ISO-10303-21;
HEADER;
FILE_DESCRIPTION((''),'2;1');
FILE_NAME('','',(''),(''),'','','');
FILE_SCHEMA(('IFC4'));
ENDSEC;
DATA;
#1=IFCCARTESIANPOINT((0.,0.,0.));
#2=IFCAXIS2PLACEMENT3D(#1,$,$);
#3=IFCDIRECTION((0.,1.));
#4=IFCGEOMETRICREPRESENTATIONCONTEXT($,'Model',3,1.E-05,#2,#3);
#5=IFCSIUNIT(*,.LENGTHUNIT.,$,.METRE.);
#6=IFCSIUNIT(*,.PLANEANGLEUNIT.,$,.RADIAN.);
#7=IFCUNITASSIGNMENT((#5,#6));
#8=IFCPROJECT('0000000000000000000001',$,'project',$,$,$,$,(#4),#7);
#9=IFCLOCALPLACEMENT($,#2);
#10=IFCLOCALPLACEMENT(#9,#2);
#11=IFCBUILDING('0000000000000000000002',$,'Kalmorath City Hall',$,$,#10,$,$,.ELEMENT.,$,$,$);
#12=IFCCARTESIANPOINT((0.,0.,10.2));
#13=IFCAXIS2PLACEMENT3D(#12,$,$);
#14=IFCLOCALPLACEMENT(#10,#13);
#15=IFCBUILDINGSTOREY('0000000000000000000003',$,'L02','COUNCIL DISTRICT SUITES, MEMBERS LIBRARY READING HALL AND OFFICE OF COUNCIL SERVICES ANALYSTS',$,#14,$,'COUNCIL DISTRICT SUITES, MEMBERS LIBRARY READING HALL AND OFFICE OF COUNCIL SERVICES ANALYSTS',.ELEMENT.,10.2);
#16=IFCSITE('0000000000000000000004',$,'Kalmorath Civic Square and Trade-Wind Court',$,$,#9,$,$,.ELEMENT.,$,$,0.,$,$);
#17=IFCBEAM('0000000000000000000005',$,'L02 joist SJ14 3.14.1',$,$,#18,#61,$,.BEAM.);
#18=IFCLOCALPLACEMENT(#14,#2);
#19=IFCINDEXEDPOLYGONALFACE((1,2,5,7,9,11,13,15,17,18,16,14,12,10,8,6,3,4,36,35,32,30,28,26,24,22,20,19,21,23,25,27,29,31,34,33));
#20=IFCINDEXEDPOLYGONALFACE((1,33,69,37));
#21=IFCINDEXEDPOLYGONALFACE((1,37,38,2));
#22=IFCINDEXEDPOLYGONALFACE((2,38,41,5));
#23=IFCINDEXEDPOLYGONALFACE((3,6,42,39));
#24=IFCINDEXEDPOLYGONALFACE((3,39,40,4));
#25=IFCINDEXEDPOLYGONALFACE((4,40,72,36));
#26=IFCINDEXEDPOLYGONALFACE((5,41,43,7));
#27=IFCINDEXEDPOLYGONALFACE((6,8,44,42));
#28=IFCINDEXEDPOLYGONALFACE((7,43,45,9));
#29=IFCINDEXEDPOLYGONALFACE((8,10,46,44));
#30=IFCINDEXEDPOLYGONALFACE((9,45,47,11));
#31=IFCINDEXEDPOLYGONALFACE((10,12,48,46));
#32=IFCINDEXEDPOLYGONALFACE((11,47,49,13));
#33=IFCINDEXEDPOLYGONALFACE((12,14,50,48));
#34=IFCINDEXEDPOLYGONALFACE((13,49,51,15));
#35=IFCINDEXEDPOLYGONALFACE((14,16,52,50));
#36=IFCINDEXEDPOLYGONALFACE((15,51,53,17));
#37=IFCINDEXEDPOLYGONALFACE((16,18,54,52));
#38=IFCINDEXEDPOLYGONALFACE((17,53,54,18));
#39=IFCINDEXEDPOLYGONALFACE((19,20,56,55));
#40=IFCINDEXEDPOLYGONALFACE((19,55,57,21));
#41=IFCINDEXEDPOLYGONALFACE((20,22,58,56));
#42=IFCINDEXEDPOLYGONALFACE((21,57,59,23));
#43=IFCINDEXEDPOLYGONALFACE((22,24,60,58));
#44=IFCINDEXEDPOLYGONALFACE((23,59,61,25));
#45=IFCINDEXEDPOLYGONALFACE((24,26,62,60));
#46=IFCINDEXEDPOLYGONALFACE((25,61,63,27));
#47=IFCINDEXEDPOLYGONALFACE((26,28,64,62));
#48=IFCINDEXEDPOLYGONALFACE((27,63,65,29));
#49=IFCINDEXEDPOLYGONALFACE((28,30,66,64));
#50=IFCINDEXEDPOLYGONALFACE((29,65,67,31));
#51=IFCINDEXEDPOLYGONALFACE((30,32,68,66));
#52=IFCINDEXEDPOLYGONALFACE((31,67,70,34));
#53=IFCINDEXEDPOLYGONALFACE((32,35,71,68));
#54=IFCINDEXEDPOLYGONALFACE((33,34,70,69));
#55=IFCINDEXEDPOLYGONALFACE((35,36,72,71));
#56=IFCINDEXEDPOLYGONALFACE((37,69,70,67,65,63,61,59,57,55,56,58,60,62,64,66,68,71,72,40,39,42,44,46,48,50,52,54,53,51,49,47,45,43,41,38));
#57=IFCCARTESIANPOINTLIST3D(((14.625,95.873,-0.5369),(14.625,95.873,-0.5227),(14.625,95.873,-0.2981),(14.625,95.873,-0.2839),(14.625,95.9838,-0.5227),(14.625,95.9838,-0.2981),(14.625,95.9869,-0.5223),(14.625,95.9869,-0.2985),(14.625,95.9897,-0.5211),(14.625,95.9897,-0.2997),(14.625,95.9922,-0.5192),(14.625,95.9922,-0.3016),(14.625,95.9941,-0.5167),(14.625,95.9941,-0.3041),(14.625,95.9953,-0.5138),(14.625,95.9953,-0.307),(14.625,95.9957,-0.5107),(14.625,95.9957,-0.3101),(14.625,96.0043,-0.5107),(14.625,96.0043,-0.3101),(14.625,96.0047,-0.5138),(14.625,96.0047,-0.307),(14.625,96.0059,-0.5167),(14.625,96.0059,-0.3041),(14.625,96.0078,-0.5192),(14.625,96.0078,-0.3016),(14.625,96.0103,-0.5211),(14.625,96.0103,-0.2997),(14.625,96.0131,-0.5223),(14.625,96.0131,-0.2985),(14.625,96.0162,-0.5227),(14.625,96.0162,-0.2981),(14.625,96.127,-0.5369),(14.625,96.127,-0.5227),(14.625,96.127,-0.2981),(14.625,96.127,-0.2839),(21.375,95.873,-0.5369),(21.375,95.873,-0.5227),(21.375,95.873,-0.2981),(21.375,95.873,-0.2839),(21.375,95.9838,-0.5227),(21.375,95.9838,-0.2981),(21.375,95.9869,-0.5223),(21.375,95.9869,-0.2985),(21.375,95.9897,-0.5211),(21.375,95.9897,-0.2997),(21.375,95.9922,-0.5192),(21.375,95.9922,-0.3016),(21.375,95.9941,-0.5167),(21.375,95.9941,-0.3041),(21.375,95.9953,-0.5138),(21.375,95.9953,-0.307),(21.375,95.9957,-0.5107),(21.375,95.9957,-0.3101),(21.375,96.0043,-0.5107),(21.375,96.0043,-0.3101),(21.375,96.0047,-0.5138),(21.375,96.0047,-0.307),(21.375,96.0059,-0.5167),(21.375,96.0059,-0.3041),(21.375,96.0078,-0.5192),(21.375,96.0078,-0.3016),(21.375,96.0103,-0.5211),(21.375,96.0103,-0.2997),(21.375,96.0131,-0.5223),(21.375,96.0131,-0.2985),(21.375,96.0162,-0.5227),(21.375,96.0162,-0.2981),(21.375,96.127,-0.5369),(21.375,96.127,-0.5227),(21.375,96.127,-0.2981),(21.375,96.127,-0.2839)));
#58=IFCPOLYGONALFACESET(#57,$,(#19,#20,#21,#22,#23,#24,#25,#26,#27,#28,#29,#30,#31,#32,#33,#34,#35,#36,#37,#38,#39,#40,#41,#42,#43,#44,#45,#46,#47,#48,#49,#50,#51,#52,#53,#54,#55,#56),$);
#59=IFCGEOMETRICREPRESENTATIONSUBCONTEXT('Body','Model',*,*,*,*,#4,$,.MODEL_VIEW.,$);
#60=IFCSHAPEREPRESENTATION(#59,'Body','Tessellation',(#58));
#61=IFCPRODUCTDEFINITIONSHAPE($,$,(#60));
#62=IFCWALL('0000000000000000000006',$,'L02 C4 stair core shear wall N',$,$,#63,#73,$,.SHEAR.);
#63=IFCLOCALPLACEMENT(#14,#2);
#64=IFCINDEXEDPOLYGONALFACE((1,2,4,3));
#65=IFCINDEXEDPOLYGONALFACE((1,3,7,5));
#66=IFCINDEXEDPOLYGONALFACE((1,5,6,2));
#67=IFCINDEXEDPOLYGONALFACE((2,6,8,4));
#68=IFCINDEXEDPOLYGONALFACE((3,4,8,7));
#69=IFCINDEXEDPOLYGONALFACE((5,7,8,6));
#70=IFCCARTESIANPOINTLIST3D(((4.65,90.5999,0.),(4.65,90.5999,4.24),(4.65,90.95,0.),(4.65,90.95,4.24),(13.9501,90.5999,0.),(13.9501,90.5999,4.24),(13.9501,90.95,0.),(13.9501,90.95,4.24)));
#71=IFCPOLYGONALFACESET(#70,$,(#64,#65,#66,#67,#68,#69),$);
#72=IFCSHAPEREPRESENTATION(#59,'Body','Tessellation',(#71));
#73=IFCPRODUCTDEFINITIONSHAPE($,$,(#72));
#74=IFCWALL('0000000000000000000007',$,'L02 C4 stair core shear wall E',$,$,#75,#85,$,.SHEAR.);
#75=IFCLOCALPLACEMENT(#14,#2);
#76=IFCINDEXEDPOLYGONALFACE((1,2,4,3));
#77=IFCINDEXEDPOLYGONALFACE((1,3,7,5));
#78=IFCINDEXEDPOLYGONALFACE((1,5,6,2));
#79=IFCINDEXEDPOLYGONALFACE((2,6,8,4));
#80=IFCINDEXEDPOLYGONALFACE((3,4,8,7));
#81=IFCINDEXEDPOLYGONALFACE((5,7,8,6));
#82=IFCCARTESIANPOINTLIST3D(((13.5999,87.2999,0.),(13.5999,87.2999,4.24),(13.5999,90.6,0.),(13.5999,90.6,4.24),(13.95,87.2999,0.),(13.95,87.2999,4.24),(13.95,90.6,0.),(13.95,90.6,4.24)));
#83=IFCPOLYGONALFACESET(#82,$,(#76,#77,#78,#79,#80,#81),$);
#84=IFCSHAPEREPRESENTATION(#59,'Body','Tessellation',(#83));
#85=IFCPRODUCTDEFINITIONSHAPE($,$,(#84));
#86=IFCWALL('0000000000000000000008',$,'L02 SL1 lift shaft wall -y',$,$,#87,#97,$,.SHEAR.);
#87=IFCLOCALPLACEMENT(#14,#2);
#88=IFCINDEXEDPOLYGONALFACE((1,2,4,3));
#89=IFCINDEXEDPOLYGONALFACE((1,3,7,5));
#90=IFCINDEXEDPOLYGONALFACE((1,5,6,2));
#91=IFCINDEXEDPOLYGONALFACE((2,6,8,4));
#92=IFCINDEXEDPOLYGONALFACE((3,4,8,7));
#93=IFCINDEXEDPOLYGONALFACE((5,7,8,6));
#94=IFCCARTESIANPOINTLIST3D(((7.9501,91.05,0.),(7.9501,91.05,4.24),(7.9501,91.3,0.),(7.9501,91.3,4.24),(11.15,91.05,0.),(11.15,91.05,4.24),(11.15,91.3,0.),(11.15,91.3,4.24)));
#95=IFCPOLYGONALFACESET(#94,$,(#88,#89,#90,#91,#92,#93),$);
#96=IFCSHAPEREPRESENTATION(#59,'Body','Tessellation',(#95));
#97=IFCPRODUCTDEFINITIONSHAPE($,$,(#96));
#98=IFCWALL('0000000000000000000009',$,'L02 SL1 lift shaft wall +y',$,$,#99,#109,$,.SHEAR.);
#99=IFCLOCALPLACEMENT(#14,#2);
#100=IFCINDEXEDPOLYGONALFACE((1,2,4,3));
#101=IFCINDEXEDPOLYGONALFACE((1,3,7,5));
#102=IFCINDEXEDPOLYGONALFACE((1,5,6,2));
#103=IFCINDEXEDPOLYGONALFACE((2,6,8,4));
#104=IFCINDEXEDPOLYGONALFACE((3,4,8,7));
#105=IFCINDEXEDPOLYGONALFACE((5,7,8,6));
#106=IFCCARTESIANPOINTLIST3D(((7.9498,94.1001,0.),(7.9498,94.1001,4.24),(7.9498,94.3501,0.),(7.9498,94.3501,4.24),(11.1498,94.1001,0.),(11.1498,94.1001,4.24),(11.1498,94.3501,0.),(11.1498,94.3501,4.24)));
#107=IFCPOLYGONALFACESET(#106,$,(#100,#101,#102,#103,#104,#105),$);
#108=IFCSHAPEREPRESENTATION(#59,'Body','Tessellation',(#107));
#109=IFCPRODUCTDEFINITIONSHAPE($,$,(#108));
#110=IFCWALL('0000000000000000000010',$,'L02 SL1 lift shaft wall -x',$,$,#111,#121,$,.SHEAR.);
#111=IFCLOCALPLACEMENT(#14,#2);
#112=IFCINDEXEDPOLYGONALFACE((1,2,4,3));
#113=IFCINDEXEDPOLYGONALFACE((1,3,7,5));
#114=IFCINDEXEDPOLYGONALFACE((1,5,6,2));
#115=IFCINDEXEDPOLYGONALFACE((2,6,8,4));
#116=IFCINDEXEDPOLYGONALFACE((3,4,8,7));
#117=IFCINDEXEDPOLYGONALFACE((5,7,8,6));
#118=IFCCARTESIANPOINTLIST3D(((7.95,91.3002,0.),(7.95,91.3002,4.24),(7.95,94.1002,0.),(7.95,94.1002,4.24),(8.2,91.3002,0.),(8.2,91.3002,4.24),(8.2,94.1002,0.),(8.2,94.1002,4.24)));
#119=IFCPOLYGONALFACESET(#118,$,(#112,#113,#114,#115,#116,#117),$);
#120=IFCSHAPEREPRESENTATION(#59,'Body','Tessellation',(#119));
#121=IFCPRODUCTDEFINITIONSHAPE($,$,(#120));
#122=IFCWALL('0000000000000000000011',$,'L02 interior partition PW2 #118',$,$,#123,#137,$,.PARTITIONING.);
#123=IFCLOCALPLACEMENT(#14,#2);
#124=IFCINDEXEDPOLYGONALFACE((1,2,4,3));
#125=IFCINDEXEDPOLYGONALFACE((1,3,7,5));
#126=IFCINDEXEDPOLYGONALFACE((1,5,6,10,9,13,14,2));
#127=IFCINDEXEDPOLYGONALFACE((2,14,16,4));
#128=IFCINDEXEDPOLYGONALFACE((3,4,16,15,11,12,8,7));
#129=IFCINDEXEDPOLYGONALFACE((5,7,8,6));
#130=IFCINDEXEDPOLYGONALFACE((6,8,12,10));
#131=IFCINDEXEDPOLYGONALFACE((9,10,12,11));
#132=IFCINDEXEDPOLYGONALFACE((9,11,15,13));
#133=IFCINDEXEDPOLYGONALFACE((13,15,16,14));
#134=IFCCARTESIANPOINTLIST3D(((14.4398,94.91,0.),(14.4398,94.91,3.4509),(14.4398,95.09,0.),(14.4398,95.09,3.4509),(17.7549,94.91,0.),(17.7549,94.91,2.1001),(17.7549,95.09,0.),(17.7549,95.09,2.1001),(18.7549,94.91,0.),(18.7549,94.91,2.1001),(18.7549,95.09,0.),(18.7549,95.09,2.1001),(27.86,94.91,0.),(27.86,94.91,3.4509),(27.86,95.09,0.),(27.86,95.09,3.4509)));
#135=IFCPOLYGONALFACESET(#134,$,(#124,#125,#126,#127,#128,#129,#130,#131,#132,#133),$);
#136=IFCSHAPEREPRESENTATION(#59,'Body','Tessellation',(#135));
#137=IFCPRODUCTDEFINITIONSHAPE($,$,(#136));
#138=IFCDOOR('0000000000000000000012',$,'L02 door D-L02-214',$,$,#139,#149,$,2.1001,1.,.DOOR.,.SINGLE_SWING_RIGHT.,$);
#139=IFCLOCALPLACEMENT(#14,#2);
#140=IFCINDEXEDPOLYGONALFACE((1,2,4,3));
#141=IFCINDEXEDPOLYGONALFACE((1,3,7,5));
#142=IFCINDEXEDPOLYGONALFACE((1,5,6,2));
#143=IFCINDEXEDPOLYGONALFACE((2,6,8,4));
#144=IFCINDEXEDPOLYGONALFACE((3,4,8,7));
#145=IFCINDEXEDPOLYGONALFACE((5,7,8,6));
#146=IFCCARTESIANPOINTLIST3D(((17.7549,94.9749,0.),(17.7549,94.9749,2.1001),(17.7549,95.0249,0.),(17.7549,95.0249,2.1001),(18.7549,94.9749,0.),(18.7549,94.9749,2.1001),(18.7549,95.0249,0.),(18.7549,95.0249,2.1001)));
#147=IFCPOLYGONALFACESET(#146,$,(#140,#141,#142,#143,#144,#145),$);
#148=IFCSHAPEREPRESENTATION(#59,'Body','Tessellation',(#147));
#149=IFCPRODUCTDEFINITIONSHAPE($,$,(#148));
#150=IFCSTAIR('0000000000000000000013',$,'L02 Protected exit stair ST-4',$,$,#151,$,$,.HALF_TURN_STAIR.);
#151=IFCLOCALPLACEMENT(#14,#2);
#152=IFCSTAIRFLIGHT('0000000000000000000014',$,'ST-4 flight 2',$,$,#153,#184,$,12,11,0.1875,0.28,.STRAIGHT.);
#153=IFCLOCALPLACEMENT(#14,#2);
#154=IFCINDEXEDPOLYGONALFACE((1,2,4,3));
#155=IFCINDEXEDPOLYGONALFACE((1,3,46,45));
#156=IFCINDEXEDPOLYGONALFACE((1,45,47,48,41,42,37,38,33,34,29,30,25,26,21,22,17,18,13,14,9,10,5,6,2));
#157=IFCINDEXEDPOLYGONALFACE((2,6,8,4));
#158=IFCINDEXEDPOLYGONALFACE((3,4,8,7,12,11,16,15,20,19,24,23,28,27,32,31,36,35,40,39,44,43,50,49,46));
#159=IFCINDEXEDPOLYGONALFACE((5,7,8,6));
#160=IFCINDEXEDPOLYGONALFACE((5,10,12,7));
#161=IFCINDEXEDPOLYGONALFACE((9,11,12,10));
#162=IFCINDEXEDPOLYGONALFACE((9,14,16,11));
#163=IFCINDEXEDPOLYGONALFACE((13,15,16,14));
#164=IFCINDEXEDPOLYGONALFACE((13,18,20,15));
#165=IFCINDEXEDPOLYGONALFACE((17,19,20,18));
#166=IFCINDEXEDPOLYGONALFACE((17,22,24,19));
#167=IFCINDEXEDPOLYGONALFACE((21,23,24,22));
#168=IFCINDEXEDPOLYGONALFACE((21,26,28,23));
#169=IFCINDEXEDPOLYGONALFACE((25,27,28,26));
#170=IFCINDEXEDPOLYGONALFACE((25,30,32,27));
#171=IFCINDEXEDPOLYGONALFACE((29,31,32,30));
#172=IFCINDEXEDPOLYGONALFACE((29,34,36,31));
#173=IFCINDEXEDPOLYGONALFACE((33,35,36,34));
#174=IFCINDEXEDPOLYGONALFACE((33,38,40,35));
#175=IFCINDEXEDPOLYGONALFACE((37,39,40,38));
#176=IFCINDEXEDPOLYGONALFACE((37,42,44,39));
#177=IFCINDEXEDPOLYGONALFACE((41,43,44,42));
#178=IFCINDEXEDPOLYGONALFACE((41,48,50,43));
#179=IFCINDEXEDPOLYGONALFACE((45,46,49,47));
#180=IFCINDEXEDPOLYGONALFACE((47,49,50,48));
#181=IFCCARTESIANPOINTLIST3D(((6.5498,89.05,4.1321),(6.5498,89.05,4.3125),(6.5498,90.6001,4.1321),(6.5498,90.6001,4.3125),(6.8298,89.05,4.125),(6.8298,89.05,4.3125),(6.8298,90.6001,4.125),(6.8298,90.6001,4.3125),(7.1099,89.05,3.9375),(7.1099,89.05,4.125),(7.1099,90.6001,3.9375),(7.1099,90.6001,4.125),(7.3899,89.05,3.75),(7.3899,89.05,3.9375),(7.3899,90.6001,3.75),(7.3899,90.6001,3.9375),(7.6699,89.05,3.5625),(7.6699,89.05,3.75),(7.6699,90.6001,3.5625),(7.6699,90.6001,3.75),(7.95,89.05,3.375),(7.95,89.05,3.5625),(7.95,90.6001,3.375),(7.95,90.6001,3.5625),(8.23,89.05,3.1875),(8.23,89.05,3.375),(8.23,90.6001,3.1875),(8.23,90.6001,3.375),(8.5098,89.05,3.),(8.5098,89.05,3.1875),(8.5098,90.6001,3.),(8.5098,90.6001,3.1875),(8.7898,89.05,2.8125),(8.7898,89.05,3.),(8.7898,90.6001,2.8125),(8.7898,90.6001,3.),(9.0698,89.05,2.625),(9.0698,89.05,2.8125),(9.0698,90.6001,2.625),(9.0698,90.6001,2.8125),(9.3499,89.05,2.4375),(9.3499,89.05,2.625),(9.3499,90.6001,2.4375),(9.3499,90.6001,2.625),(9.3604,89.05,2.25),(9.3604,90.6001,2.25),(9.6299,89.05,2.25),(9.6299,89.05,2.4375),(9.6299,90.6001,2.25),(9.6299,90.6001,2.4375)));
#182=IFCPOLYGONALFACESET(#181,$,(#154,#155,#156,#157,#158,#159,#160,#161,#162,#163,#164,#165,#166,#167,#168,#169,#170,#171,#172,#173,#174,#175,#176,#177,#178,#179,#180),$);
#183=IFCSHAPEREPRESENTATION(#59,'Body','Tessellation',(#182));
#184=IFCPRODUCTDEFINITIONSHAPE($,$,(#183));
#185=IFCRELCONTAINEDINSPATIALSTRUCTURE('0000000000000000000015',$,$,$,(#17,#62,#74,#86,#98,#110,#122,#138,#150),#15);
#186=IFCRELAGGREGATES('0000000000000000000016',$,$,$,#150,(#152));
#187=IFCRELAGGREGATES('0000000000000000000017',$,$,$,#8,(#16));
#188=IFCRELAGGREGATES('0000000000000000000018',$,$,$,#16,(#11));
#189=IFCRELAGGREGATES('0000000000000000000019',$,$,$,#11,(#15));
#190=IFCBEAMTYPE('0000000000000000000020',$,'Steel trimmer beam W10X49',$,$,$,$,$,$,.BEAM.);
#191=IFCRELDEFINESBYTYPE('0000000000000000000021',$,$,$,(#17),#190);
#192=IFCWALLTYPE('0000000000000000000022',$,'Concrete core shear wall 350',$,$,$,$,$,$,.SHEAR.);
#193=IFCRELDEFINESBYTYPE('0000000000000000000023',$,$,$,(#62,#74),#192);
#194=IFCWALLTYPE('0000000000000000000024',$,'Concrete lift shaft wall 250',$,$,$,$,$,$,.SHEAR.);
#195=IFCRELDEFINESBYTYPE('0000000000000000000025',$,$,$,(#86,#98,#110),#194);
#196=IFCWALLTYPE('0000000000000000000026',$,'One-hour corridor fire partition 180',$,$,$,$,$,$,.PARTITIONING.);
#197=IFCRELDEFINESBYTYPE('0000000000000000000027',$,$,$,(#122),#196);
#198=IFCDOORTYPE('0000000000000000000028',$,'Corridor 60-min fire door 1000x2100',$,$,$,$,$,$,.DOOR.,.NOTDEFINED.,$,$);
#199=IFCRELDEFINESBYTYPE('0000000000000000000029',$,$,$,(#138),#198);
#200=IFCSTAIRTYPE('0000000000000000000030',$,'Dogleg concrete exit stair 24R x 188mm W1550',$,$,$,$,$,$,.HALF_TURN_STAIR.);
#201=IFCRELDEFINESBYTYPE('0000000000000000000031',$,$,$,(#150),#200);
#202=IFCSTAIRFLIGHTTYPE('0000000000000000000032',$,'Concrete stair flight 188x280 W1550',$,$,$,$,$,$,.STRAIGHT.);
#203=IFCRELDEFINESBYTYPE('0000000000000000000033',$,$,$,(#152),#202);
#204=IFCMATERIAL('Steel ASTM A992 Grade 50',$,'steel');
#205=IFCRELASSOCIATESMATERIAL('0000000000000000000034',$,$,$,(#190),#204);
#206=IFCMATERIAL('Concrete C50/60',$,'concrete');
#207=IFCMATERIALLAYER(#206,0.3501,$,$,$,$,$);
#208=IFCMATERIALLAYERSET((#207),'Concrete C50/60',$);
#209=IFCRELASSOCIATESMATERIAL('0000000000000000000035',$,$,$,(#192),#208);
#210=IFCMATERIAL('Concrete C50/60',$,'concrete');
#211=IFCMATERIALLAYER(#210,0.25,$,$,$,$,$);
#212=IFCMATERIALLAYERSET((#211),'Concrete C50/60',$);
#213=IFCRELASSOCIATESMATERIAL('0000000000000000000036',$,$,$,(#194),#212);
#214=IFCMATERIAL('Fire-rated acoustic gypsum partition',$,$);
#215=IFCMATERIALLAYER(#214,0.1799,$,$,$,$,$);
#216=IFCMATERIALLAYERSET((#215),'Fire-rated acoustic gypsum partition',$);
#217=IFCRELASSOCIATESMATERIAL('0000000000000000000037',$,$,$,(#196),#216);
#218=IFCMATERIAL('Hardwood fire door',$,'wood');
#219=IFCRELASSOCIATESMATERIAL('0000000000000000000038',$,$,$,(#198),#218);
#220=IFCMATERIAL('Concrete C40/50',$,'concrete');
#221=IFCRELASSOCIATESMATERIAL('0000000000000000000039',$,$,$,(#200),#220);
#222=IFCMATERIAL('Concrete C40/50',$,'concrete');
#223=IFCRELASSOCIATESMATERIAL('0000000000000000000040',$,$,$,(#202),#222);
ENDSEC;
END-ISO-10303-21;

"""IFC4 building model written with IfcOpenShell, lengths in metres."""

from ifc_helpers import new_model, si_unit, direction, frame, frame_2d, origin, origin_2d, place, context, subcontext, project, spatial, polyline, rectangle, i_section, outline, extrude, material, layer, layer_set, material_profile, profile_set, type_object, element, fill, aggregate, save


model = new_model("IFC4")

# Units and contexts
model_context = context("Model", 3, precision=1e-05, world=origin(), true_north=direction((0.0, 1.0)))
body_context = subcontext(model_context, "Body", "Model", "MODEL_VIEW")
ifc_project = project(units=[si_unit("LENGTHUNIT", "METRE"), si_unit("PLANEANGLEUNIT", "RADIAN")], contexts=[model_context])

# Site, building, storey
site_placement = place(None, origin())
site = spatial("IfcSite", under=ifc_project, at=site_placement, Name="Kalmorath Civic Square and Trade-Wind Court", CompositionType="ELEMENT", RefElevation=0.0)
building_placement = place(site_placement, origin())
building = spatial("IfcBuilding", under=site, at=building_placement, Name="Kalmorath City Hall", CompositionType="ELEMENT")
storey_placement = place(building_placement, frame((0.0, 0.0, 10.2)))
storey = spatial("IfcBuildingStorey", under=building, at=storey_placement, Name="L02", Description="COUNCIL DISTRICT SUITES, MEMBERS LIBRARY READING HALL AND OFFICE OF COUNCIL SERVICES ANALYSTS", LongName="COUNCIL DISTRICT SUITES, MEMBERS LIBRARY READING HALL AND OFFICE OF COUNCIL SERVICES ANALYSTS", CompositionType="ELEMENT", Elevation=10.2)

# Beam
ifc_material_1 = material(Name="Steel ASTM A992 Grade 50", Category="steel")
ifc_material_profile_1 = material_profile(ifc_material_1, i_section(OverallWidth=0.2539, OverallDepth=0.2529, WebThickness=0.0085, FlangeThickness=0.0142, FilletRadius=0.012, at=origin_2d()), Name="W10X49")
ifc_profile_set_1 = profile_set([ifc_material_profile_1], Name="Steel ASTM A992 Grade 50")
beam_type_1 = type_object("IfcBeamType", Name="Steel trimmer beam W10X49", PredefinedType="BEAM", material=ifc_profile_set_1)
beam_placement = place(storey_placement, frame((14.625, 96.0, -0.4104), z_axis=(1.0, 0.0, 0.0), x_axis=(0.0, 1.0, 0.0)))
element("IfcBeam", 1, at=beam_placement, inside=storey, type_object=beam_type_1, Name="L02 joist SJ14 3.14.1", PredefinedType="BEAM", context=body_context, shape_type="SweptSolid", body=[
    extrude(i_section(OverallWidth=0.2539, OverallDepth=0.2529, WebThickness=0.0085, FlangeThickness=0.0142, FilletRadius=0.012, at=origin_2d()), origin(), (0.0, 0.0, 1.0), 6.75),
])

# Walls
ifc_material_2 = material(Name="Concrete C50/60", Category="concrete")
ifc_layer_1 = layer(ifc_material_2, 0.3501)
ifc_layer_set_1 = layer_set([ifc_layer_1], Name="Concrete C50/60")
wall_type_1 = type_object("IfcWallType", Name="Concrete core shear wall 350", PredefinedType="SHEAR", material=ifc_layer_set_1)
wall_1_placement = place(storey_placement, frame((13.95, 90.7749, 0.0), z_axis=(0.0, 0.0, 1.0), x_axis=(-1.0, 0.0, 0.0)))
element("IfcWall", 2, at=wall_1_placement, inside=storey, type_object=wall_type_1, Name="L02 C4 stair core shear wall N", PredefinedType="SHEAR", context=body_context, shape_type="SweptSolid", body=[
    extrude(rectangle(XDim=9.3, YDim=0.3501, at=frame_2d((4.6499, 0.0))), origin(), (0.0, 0.0, 1.0), 4.24),
])
wall_2_placement = place(storey_placement, frame((13.7749, 87.3, 0.0), z_axis=(0.0, 0.0, 1.0), x_axis=(0.0, 1.0, 0.0)))
element("IfcWall", 3, at=wall_2_placement, inside=storey, type_object=wall_type_1, Name="L02 C4 stair core shear wall E", PredefinedType="SHEAR", context=body_context, shape_type="SweptSolid", body=[
    extrude(rectangle(XDim=3.3, YDim=0.3501, at=frame_2d((1.6499, 0.0))), origin(), (0.0, 0.0, 1.0), 4.24),
])
ifc_material_3 = material(Name="Concrete C50/60", Category="concrete")
ifc_layer_2 = layer(ifc_material_3, 0.25)
ifc_layer_set_2 = layer_set([ifc_layer_2], Name="Concrete C50/60")
wall_type_2 = type_object("IfcWallType", Name="Concrete lift shaft wall 250", PredefinedType="SHEAR", material=ifc_layer_set_2)
for number, where, z_axis, x_axis, name in (
    (4, (7.95, 91.175, 0.0), (0.0, 0.0, 1.0), (1.0, 0.0, 0.0), "L02 SL1 lift shaft wall -y"),
    (5, (11.1499, 94.2251, 0.0), (0.0, 0.0, 1.0), (-1.0, 0.0, 0.0), "L02 SL1 lift shaft wall +y"),
):
    element("IfcWall", number, at=place(storey_placement, frame(where, z_axis=z_axis, x_axis=x_axis)), inside=storey, type_object=wall_type_2, Name=name, PredefinedType="SHEAR", context=body_context, shape_type="SweptSolid", body=[
        extrude(rectangle(XDim=3.2, YDim=0.25, at=frame_2d((1.6001, 0.0))), origin(), (0.0, 0.0, 1.0), 4.24),
    ])
wall_3_placement = place(storey_placement, frame((8.075, 94.1001, 0.0), z_axis=(0.0, 0.0, 1.0), x_axis=(0.0, -1.0, 0.0)))
element("IfcWall", 6, at=wall_3_placement, inside=storey, type_object=wall_type_2, Name="L02 SL1 lift shaft wall -x", PredefinedType="SHEAR", context=body_context, shape_type="SweptSolid", body=[
    extrude(rectangle(XDim=2.8, YDim=0.25, at=frame_2d((1.3999, 0.0))), origin(), (0.0, 0.0, 1.0), 4.24),
])

# Wall, opening, door
ifc_material_4 = material(Name="Fire-rated acoustic gypsum partition")
ifc_layer_3 = layer(ifc_material_4, 0.1799)
ifc_layer_set_3 = layer_set([ifc_layer_3], Name="Fire-rated acoustic gypsum partition")
wall_type_3 = type_object("IfcWallType", Name="One-hour corridor fire partition 180", PredefinedType="PARTITIONING", material=ifc_layer_set_3)
wall_4_placement = place(storey_placement, frame((14.4399, 95.0, 0.0), z_axis=(0.0, 0.0, 1.0), x_axis=(1.0, 0.0, 0.0)))
wall_4 = element("IfcWall", 7, at=wall_4_placement, inside=storey, type_object=wall_type_3, Name="L02 interior partition PW2 #118", PredefinedType="PARTITIONING", context=body_context, shape_type="SweptSolid", body=[
    extrude(rectangle(XDim=13.4202, YDim=0.1799, at=frame_2d((6.71, 0.0))), origin(), (0.0, 0.0, 1.0), 3.4509),
])
opening_1_placement = place(wall_4_placement, frame((3.3149, 0.0, 0.0)))
opening_1 = element("IfcOpeningElement", 8, at=opening_1_placement, cuts=wall_4, PredefinedType="OPENING", context=body_context, shape_type="SweptSolid", body=[
    extrude(rectangle(XDim=1.0, YDim=2.1001, at=frame_2d((0.5, 1.05))), frame((0.0, 0.0999, 0.0), z_axis=(0.0, -1.0, 0.0), x_axis=(1.0, 0.0, 0.0)), (0.0, 0.0, 1.0), 0.2),
])
ifc_material_5 = material(Name="Hardwood fire door", Category="wood")
door_type_1 = type_object("IfcDoorType", Name="Corridor 60-min fire door 1000x2100", OperationType="NOTDEFINED", PredefinedType="DOOR", material=ifc_material_5)
door_1_placement = place(opening_1_placement, origin())
door_1 = element("IfcDoor", 9, at=door_1_placement, inside=storey, type_object=door_type_1, Name="L02 door D-L02-214", OperationType="SINGLE_SWING_RIGHT", OverallHeight=2.1001, OverallWidth=1.0, PredefinedType="DOOR", context=body_context, shape_type="SweptSolid", body=[
    extrude(rectangle(XDim=1.0, YDim=2.1001, at=frame_2d((0.5, 1.05))), frame((0.0, 0.0249, 0.0), z_axis=(0.0, -1.0, 0.0), x_axis=(1.0, 0.0, 0.0)), (0.0, 0.0, 1.0), 0.05),
])
fill(opening_1, door_1)

# Stair, stair flight
ifc_material_6 = material(Name="Concrete C40/50", Category="concrete")
stair_type = type_object("IfcStairType", Name="Dogleg concrete exit stair 24R x 188mm W1550", PredefinedType="HALF_TURN_STAIR", material=ifc_material_6)
stair_placement = place(storey_placement, origin())
stair = element("IfcStair", 10, at=stair_placement, inside=storey, type_object=stair_type, Name="L02 Protected exit stair ST-4", PredefinedType="HALF_TURN_STAIR")
ifc_material_7 = material(Name="Concrete C40/50", Category="concrete")
stair_flight_type = type_object("IfcStairFlightType", Name="Concrete stair flight 188x280 W1550", PredefinedType="STRAIGHT", material=ifc_material_7)
stair_flight_placement = place(storey_placement, frame((9.6299, 89.825, 2.25), z_axis=(0.0, 0.0, 1.0), x_axis=(-1.0, 0.0, 0.0)))
stair_flight = element("IfcStairFlight", 11, at=stair_flight_placement, type_object=stair_flight_type, Name="ST-4 flight 2", NumberOfRisers=12, NumberOfTreads=11, PredefinedType="STRAIGHT", RiserHeight=0.1875, TreadLength=0.28, context=body_context, shape_type="SweptSolid", body=[
    extrude(outline(polyline([(0.0, 0.0), (0.0, 0.1875), (0.28, 0.1875), (0.28, 0.375), (0.5601, 0.375), (0.5601, 0.5625), (0.8401, 0.5625), (0.8401, 0.75), (1.1201, 0.75), (1.1201, 0.9375), (1.3999, 0.9375), (1.3999, 1.125), (1.6799, 1.125), (1.6799, 1.3125), (1.96, 1.3125), (1.96, 1.5), (2.24, 1.5), (2.24, 1.6875), (2.52, 1.6875), (2.52, 1.875), (2.8, 1.875), (2.8, 2.0625), (3.0801, 2.0625), (3.0801, 2.25), (3.0801, 1.8821), (0.2695, 0.0), (0.0, 0.0)])), frame((0.0, 0.7749, 0.0), z_axis=(0.0, -1.0, 0.0), x_axis=(1.0, 0.0, 0.0)), (0.0, 0.0, 1.0), 1.55),
])
aggregate(stair, [stair_flight])

save(model, "model.ifc")
